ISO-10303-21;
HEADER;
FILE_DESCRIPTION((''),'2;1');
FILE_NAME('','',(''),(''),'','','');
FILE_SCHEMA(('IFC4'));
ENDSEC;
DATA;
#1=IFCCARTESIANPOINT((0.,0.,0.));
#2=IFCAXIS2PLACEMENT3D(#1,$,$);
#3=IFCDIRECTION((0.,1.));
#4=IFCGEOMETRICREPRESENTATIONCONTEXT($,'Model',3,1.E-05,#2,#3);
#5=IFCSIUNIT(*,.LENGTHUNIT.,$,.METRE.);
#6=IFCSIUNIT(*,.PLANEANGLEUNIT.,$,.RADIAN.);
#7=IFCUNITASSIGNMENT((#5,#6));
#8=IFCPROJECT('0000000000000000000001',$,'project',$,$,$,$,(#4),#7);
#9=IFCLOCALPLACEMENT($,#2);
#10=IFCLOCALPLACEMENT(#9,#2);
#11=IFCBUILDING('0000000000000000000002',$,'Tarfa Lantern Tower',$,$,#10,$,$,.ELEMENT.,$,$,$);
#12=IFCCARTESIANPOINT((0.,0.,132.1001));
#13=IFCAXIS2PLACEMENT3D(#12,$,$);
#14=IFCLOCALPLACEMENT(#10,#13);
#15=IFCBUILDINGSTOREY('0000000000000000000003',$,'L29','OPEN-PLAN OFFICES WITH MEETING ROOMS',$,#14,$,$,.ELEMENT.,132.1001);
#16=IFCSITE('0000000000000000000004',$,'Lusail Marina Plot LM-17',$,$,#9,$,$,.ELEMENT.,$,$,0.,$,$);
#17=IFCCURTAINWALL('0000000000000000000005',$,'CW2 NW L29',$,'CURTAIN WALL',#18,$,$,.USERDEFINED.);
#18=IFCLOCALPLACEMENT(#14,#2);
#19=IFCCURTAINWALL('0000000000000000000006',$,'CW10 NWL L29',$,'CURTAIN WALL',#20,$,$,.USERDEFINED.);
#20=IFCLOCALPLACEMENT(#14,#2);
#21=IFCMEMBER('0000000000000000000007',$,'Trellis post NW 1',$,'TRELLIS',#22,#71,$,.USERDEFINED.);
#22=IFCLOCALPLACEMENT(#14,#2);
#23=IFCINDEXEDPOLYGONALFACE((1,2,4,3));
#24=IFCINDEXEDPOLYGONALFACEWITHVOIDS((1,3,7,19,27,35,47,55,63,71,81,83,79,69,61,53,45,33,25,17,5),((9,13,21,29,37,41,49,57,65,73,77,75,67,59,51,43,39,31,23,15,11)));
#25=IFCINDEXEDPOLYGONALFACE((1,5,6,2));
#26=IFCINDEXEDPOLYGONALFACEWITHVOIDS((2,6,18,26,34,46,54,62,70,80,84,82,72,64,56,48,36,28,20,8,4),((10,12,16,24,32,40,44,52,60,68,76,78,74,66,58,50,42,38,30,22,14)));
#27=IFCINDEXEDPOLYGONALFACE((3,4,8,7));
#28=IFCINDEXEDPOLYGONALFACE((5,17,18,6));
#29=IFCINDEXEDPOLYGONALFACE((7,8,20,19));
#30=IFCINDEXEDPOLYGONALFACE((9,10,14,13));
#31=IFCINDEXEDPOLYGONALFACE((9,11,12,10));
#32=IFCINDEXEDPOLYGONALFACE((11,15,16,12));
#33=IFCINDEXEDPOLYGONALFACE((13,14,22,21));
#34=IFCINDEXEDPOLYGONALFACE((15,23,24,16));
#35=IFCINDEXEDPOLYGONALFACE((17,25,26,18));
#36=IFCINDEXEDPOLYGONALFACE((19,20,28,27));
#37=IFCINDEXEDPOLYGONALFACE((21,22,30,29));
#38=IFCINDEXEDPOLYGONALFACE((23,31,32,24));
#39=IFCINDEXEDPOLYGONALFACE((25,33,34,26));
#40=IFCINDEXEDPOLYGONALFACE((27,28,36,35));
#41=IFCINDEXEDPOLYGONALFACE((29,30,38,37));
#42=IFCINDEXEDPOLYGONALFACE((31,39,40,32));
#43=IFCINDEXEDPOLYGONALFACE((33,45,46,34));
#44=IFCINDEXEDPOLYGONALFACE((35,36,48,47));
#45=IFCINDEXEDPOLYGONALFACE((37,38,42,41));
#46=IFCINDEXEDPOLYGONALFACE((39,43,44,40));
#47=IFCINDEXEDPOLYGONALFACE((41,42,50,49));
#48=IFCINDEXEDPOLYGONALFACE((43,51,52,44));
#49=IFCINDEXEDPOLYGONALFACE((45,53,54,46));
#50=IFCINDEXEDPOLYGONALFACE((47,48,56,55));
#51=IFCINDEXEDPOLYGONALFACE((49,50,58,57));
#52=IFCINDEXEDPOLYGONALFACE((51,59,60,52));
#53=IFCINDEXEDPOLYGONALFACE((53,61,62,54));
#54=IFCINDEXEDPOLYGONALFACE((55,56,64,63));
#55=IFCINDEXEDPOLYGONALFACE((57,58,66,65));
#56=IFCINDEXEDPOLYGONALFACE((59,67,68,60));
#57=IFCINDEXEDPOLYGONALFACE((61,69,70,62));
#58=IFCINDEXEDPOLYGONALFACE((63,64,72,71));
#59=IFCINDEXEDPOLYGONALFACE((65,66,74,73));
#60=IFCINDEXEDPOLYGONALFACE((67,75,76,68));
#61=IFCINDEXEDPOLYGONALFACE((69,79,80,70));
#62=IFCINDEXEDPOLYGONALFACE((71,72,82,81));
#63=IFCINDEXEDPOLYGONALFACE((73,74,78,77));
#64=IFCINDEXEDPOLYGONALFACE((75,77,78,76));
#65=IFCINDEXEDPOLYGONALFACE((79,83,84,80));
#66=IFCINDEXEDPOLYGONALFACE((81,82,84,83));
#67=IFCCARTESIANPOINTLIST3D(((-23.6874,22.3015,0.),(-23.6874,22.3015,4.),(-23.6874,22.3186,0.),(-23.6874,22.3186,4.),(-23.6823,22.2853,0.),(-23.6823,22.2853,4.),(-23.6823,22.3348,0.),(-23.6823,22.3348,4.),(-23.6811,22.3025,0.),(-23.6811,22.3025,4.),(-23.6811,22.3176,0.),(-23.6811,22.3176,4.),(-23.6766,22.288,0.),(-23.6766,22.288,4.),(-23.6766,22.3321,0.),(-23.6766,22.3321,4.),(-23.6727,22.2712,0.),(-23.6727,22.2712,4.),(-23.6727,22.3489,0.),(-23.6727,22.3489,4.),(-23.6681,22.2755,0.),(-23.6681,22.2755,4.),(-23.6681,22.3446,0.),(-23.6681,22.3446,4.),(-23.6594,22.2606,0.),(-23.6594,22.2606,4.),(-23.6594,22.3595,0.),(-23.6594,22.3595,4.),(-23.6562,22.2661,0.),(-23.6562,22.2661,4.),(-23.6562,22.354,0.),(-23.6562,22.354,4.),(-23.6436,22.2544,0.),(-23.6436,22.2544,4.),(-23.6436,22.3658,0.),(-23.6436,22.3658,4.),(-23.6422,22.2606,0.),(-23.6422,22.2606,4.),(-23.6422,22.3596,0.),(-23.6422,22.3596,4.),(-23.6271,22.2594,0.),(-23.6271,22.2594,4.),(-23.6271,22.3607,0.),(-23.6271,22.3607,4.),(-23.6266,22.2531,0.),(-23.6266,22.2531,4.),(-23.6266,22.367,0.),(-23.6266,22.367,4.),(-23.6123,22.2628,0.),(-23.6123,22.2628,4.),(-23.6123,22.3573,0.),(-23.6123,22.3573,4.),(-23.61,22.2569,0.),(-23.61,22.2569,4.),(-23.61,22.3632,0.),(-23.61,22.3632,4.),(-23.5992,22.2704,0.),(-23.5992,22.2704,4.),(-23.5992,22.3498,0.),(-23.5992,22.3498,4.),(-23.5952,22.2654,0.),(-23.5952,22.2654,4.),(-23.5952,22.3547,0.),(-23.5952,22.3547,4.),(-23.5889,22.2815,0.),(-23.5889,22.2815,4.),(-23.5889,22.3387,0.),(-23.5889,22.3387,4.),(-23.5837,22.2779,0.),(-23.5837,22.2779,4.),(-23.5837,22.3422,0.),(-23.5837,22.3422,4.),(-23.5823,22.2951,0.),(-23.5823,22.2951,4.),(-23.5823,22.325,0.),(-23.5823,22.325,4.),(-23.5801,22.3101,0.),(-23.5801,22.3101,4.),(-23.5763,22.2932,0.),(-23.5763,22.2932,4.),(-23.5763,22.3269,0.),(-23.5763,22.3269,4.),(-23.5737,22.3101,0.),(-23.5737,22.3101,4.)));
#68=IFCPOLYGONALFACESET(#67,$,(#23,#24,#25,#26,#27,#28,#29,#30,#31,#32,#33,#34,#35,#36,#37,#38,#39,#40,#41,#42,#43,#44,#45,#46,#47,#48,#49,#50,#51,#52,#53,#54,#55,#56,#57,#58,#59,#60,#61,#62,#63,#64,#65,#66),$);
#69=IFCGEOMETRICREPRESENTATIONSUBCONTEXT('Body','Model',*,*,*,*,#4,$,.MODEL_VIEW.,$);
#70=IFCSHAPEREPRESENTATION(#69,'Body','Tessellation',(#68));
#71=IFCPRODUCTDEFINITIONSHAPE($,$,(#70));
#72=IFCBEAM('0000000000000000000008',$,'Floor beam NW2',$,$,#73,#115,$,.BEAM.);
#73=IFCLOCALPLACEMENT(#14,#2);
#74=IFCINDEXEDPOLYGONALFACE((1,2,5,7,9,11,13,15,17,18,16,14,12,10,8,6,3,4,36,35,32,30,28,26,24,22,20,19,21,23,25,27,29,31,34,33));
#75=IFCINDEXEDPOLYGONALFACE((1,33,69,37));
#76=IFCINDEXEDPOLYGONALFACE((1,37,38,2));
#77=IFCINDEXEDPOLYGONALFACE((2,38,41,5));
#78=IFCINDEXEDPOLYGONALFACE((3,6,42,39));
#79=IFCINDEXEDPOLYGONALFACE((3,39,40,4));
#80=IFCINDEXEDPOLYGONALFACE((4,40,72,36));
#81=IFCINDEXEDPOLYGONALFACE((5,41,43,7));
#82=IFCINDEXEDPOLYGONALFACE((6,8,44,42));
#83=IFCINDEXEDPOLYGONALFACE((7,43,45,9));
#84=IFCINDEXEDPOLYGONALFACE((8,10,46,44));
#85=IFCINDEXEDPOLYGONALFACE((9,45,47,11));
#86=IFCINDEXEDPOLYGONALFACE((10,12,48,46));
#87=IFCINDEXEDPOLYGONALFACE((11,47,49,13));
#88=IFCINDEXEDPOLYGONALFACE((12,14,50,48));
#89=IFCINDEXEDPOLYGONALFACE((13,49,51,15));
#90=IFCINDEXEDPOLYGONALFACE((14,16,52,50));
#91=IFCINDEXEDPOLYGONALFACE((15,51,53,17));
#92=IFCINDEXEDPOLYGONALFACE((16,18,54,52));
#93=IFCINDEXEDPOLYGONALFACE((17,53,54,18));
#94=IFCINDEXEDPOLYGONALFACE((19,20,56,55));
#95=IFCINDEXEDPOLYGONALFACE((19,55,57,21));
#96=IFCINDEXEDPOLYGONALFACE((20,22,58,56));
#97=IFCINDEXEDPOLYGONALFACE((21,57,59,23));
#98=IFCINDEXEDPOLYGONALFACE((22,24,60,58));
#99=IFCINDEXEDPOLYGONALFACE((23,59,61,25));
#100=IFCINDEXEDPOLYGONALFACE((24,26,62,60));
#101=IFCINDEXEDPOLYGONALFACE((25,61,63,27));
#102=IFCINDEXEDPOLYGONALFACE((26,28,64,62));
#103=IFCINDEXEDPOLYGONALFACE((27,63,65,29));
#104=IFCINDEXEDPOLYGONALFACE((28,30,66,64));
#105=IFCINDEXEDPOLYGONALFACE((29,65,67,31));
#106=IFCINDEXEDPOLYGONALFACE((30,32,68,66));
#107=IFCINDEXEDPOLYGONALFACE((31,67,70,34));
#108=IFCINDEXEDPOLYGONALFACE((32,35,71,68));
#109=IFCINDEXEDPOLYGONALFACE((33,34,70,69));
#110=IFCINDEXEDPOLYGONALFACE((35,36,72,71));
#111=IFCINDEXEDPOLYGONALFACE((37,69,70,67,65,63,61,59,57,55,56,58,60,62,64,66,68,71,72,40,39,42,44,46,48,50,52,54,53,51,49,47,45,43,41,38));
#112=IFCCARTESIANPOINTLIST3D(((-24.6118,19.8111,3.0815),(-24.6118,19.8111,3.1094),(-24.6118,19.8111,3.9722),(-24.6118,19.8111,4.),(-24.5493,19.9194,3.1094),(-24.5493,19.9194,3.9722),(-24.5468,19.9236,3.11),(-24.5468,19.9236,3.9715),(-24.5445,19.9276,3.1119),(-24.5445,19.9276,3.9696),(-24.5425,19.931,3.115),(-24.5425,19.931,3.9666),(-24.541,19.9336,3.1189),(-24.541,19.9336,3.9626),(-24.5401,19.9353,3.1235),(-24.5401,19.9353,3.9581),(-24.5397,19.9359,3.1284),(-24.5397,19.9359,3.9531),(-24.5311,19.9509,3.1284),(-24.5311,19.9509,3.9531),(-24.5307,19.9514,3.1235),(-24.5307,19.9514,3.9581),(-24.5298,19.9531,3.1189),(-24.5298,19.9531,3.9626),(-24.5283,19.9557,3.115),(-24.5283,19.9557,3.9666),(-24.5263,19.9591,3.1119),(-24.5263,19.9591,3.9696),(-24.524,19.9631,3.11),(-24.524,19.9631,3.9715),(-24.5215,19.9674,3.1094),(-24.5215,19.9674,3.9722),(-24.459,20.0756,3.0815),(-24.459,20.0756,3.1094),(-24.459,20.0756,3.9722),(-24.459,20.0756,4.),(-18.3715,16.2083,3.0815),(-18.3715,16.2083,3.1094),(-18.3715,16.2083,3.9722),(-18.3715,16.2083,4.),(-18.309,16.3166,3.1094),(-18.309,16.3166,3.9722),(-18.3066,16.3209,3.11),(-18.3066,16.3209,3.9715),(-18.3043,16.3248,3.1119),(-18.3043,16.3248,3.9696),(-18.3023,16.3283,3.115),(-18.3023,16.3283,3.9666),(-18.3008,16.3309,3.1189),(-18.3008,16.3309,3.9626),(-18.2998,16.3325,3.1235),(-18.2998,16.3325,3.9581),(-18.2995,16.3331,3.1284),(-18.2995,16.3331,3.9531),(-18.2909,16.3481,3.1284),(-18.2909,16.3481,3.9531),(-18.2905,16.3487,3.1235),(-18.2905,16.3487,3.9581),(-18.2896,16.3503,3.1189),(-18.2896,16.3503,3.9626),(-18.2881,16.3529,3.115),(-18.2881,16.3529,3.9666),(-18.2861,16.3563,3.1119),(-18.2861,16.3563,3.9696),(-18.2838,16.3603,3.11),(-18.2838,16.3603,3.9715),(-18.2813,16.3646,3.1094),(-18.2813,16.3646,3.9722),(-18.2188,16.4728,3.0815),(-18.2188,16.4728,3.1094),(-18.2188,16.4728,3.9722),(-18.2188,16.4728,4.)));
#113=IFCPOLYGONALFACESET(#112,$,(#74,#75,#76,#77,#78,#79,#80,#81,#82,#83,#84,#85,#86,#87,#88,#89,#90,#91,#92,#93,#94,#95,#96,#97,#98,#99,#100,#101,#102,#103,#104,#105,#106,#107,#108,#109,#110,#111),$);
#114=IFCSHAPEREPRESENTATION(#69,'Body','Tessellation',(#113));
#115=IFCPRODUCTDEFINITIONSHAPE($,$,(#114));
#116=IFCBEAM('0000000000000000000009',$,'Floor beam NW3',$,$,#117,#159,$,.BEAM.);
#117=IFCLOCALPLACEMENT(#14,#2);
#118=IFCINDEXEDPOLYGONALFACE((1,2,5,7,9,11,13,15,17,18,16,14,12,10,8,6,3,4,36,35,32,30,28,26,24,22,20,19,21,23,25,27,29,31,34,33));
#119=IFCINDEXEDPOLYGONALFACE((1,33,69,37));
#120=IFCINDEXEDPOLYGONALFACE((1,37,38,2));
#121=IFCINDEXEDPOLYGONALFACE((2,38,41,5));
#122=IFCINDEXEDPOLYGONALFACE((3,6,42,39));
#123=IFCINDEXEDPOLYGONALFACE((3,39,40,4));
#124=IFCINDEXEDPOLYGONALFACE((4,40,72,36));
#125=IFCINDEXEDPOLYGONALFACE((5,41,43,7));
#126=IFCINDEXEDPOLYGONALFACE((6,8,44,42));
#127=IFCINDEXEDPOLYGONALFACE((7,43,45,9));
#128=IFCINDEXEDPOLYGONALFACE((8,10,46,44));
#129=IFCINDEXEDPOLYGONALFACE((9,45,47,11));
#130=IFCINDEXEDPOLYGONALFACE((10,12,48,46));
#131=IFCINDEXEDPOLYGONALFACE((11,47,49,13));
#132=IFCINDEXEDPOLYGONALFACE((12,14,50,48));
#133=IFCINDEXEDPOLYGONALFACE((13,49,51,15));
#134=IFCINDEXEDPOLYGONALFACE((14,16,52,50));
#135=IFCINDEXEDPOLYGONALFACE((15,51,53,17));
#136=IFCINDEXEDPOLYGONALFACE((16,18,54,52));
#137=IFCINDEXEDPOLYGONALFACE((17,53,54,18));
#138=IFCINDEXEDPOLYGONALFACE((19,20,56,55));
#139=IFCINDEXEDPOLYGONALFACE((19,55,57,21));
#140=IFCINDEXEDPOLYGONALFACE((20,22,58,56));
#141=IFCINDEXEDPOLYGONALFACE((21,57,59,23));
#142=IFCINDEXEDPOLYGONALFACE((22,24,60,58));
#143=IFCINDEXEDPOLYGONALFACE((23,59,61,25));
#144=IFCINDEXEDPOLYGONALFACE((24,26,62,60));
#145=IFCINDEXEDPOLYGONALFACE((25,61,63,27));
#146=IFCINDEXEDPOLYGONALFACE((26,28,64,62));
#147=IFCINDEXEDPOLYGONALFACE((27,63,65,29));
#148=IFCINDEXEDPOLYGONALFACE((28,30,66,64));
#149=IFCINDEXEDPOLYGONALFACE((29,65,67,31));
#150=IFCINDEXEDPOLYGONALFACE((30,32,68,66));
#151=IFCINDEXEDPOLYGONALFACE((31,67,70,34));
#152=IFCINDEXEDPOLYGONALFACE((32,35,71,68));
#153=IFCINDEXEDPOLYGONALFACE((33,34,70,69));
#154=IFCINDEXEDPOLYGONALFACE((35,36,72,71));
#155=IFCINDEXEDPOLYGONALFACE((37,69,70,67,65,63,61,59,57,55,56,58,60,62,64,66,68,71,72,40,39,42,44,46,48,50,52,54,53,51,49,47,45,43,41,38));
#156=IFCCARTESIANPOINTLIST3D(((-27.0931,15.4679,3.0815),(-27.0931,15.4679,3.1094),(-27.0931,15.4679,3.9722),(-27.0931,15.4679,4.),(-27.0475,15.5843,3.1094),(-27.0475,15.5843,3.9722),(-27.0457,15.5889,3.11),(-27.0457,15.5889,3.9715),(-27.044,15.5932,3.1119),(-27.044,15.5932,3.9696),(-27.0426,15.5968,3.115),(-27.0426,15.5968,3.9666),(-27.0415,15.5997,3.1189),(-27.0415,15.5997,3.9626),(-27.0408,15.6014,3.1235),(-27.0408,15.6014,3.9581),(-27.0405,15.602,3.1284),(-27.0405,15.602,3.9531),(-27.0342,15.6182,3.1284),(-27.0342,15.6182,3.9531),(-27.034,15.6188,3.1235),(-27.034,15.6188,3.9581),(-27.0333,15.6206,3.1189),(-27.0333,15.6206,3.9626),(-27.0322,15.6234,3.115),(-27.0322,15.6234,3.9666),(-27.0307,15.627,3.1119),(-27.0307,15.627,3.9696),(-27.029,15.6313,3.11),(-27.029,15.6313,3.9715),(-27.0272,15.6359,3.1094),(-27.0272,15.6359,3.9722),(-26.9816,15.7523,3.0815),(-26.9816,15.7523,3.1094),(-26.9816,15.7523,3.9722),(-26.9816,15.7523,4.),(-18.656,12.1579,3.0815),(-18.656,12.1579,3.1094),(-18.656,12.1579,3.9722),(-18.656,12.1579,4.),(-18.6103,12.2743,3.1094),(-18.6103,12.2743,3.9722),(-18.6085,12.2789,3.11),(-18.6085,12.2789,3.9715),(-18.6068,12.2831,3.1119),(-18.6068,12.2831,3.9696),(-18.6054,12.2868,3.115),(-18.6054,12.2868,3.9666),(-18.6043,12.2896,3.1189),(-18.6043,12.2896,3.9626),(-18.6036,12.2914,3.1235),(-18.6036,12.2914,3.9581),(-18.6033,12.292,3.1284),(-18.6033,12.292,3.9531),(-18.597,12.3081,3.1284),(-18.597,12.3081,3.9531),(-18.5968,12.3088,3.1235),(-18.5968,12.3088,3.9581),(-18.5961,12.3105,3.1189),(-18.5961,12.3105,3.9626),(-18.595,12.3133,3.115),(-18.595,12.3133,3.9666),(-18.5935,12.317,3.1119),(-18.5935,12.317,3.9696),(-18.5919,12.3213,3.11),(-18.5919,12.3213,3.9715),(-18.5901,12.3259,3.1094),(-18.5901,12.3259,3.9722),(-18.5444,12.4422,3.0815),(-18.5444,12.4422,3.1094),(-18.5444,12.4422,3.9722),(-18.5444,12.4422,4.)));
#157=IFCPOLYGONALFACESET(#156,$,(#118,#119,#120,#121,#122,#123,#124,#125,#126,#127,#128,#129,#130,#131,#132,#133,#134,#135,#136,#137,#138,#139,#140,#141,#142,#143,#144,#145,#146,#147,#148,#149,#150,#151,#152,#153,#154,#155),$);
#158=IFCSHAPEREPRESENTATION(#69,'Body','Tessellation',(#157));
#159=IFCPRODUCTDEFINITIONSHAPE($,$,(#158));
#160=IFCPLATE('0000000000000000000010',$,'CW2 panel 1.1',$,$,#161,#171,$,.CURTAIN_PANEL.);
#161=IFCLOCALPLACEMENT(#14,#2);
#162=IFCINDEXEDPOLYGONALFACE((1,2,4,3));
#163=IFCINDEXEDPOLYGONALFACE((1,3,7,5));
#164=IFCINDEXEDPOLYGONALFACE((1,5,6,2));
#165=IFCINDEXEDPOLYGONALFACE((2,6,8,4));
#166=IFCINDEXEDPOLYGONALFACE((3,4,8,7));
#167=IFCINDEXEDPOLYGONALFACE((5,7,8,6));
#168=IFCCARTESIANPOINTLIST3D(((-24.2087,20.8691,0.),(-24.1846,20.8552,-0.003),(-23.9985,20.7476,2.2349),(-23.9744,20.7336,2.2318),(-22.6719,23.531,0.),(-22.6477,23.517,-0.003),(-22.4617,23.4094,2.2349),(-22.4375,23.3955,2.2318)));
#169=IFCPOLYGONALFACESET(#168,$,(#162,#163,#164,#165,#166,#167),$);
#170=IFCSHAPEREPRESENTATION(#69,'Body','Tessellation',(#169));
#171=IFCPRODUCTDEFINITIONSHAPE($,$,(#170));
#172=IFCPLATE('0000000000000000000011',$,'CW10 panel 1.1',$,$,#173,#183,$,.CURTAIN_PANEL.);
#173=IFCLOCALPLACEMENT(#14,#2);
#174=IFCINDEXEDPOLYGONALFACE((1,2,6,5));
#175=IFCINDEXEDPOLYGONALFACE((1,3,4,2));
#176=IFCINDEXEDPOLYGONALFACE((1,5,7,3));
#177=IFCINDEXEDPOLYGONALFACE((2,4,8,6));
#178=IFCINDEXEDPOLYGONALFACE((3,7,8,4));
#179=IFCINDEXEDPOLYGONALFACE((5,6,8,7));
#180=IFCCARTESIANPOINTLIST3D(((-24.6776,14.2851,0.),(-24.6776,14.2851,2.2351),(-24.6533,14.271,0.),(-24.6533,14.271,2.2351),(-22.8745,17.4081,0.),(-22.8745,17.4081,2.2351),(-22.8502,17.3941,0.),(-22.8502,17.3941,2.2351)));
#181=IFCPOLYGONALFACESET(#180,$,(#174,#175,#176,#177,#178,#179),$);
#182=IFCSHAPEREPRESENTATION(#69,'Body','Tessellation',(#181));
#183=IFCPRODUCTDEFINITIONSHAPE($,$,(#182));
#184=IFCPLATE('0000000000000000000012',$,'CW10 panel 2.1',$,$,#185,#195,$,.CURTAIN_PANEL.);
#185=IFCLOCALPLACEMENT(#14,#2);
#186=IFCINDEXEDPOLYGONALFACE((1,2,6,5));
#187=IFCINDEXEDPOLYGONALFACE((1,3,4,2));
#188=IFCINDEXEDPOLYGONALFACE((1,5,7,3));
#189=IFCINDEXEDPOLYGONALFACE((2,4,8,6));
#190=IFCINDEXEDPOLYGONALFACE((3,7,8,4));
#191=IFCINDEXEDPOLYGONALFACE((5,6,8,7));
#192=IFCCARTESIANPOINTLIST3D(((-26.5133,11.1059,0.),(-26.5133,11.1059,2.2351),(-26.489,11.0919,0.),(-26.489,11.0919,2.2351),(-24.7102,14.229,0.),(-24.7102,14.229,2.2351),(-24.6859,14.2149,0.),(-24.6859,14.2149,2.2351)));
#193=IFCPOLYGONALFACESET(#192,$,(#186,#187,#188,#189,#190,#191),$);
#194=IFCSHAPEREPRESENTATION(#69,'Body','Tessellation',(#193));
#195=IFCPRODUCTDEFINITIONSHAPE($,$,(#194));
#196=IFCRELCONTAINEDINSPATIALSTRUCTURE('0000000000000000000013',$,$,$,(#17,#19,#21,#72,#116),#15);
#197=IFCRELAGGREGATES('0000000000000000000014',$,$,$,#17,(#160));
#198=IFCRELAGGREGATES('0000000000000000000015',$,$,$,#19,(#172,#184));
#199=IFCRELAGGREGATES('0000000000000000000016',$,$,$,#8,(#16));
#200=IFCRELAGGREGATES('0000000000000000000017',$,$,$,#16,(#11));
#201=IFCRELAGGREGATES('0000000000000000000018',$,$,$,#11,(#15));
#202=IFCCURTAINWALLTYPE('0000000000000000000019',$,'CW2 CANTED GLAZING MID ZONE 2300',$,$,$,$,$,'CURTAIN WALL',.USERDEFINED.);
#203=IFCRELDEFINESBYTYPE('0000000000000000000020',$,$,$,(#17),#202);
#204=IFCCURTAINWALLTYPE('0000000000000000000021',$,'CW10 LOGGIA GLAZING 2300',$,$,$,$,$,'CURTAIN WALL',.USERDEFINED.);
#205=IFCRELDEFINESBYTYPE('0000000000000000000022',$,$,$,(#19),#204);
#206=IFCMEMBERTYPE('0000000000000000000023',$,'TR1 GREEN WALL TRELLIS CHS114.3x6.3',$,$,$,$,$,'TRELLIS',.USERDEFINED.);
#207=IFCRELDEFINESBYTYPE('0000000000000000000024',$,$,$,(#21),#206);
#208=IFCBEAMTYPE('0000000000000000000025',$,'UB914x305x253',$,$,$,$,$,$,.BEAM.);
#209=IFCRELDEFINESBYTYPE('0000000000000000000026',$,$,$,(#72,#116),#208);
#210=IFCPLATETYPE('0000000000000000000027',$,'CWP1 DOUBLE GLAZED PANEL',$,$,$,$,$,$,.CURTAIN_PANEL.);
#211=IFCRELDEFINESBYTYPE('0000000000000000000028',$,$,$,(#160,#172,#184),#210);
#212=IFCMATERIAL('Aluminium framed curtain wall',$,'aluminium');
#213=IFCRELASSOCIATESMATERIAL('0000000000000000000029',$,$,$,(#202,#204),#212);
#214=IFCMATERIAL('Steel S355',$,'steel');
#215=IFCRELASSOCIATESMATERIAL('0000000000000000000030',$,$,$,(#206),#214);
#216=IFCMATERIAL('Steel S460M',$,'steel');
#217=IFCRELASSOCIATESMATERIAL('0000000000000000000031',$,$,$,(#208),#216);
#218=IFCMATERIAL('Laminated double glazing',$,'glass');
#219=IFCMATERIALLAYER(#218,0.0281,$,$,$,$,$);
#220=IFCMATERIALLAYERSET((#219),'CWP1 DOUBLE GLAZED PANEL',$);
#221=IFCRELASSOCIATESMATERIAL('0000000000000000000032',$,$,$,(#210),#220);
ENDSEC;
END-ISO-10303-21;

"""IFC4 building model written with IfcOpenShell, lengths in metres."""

from ifc_helpers import new_model, si_unit, direction, frame, origin, origin_2d, place, context, subcontext, project, spatial, polyline, rectangle, hollow_circle, i_section, outline, extrude, material, layer, layer_set, material_profile, profile_set, type_object, element, aggregate, save


model = new_model("IFC4")

# Units and contexts
model_context = context("Model", 3, precision=1e-05, world=origin(), true_north=direction((0.0, 1.0)))
body_context = subcontext(model_context, "Body", "Model", "MODEL_VIEW")
ifc_project = project(units=[si_unit("LENGTHUNIT", "METRE"), si_unit("PLANEANGLEUNIT", "RADIAN")], contexts=[model_context])

# Site, building, storey
site_placement = place(None, origin())
site = spatial("IfcSite", under=ifc_project, at=site_placement, Name="Lusail Marina Plot LM-17", CompositionType="ELEMENT", RefElevation=0.0)
building_placement = place(site_placement, origin())
building = spatial("IfcBuilding", under=site, at=building_placement, Name="Tarfa Lantern Tower", CompositionType="ELEMENT")
storey_placement = place(building_placement, frame((0.0, 0.0, 132.1001)))
storey = spatial("IfcBuildingStorey", under=building, at=storey_placement, Name="L29", Description="OPEN-PLAN OFFICES WITH MEETING ROOMS", CompositionType="ELEMENT", Elevation=132.1001)

# Curtain walls
ifc_material_1 = material(Name="Aluminium framed curtain wall", Category="aluminium")
curtain_wall_type_1 = type_object("IfcCurtainWallType", Name="CW2 CANTED GLAZING MID ZONE 2300", ElementType="CURTAIN WALL", PredefinedType="USERDEFINED", material=ifc_material_1)
curtain_wall_1_placement = place(storey_placement, origin())
curtain_wall_1 = element("IfcCurtainWall", 1, at=curtain_wall_1_placement, inside=storey, type_object=curtain_wall_type_1, Name="CW2 NW L29", ObjectType="CURTAIN WALL", PredefinedType="USERDEFINED")
curtain_wall_type_2 = type_object("IfcCurtainWallType", Name="CW10 LOGGIA GLAZING 2300", ElementType="CURTAIN WALL", PredefinedType="USERDEFINED", material=ifc_material_1)
curtain_wall_2_placement = place(storey_placement, origin())
curtain_wall_2 = element("IfcCurtainWall", 2, at=curtain_wall_2_placement, inside=storey, type_object=curtain_wall_type_2, Name="CW10 NWL L29", ObjectType="CURTAIN WALL", PredefinedType="USERDEFINED")

# Member
ifc_material_2 = material(Name="Steel S355", Category="steel")
ifc_material_profile_1 = material_profile(ifc_material_2, hollow_circle(Radius=0.0571, WallThickness=0.0063, at=origin_2d()), Name="CHS114.3x6.3")
ifc_profile_set_1 = profile_set([ifc_material_profile_1], Name="Steel S355")
member_type_1 = type_object("IfcMemberType", Name="TR1 GREEN WALL TRELLIS CHS114.3x6.3", ElementType="TRELLIS", PredefinedType="USERDEFINED", material=ifc_profile_set_1)
member_1_placement = place(storey_placement, frame((-23.6309, 22.3101, 0.0), z_axis=(0.0, 0.0, 1.0), x_axis=(1.0, 0.0, 0.0)))
element("IfcMember", 3, at=member_1_placement, inside=storey, type_object=member_type_1, Name="Trellis post NW 1", ObjectType="TRELLIS", PredefinedType="USERDEFINED", context=body_context, shape_type="SweptSolid", body=[
    extrude(hollow_circle(Radius=0.0571, WallThickness=0.0063, at=origin_2d()), origin(), (0.0, 0.0, 1.0), 4.0),
])

# Beams
ifc_material_3 = material(Name="Steel S460M", Category="steel")
ifc_material_profile_2 = material_profile(ifc_material_3, i_section(OverallWidth=0.3054, OverallDepth=0.9185, WebThickness=0.0173, FlangeThickness=0.0278, FilletRadius=0.019, at=origin_2d()), Name="UB914x305x253")
ifc_profile_set_2 = profile_set([ifc_material_profile_2], Name="Steel S460M")
beam_type_1 = type_object("IfcBeamType", Name="UB914x305x253", PredefinedType="BEAM", material=ifc_profile_set_2)
beam_1_placement = place(storey_placement, frame((-24.5354, 19.9434, 3.5408), z_axis=(0.866026, -0.499998, 0.0), x_axis=(0.499998, 0.866026, 0.0)))
element("IfcBeam", 4, at=beam_1_placement, inside=storey, type_object=beam_type_1, Name="Floor beam NW2", PredefinedType="BEAM", context=body_context, shape_type="SweptSolid", body=[
    extrude(i_section(OverallWidth=0.3054, OverallDepth=0.9185, WebThickness=0.0173, FlangeThickness=0.0278, FilletRadius=0.019, at=origin_2d()), origin(), (0.0, 0.0, 1.0), 7.2056),
])
beam_2_placement = place(storey_placement, frame((-27.0374, 15.6101, 3.5408), z_axis=(0.930923, -0.365215, 0.0), x_axis=(0.365215, 0.930923, 0.0)))
element("IfcBeam", 5, at=beam_2_placement, inside=storey, type_object=beam_type_1, Name="Floor beam NW3", PredefinedType="BEAM", context=body_context, shape_type="SweptSolid", body=[
    extrude(i_section(OverallWidth=0.3054, OverallDepth=0.9185, WebThickness=0.0173, FlangeThickness=0.0278, FilletRadius=0.019, at=origin_2d()), origin(), (0.0, 0.0, 1.0), 9.0632),
])

# Plates
ifc_material_4 = material(Name="Laminated double glazing", Category="glass")
ifc_layer_1 = layer(ifc_material_4, 0.0281)
ifc_layer_set_1 = layer_set([ifc_layer_1], Name="CWP1 DOUBLE GLAZED PANEL")
plate_type_1 = type_object("IfcPlateType", Name="CWP1 DOUBLE GLAZED PANEL", PredefinedType="CURTAIN_PANEL", material=ifc_layer_set_1)
plate_1_placement = place(storey_placement, frame((-22.6719, 23.531, 0.0), z_axis=(-0.860953, 0.497083, 0.108021), x_axis=(-0.500009, -0.86602, 0.0)))
plate_1 = element("IfcPlate", 6, at=plate_1_placement, type_object=plate_type_1, Name="CW2 panel 1.1", PredefinedType="CURTAIN_PANEL", context=body_context, shape_type="SweptSolid", body=[
    extrude(outline(polyline([(0.0, 0.0), (3.0737, 0.0), (3.0739, 2.248), (0.0002, 2.248), (0.0, 0.0)])), origin(), (0.0, 0.0, -1.0), 0.0281),
])
aggregate(curtain_wall_1, [plate_1])
plate_2_placement = place(storey_placement, frame((-23.7639, 15.8396, 0.0), z_axis=(0.0, 0.0, 1.0), x_axis=(-0.5, -0.866025, 0.0)))
plate_2 = element("IfcPlate", 7, at=plate_2_placement, type_object=plate_type_1, Name="CW10 panel 1.1", PredefinedType="CURTAIN_PANEL", context=body_context, shape_type="SweptSolid", body=[
    extrude(rectangle(XDim=3.6062, YDim=0.0281, at=origin_2d()), origin(), (0.0, 0.0, 1.0), 2.2351),
])
plate_3_placement = place(storey_placement, frame((-25.5996, 12.6604, 0.0), z_axis=(0.0, 0.0, 1.0), x_axis=(-0.5, -0.866025, 0.0)))
plate_3 = element("IfcPlate", 8, at=plate_3_placement, type_object=plate_type_1, Name="CW10 panel 2.1", PredefinedType="CURTAIN_PANEL", context=body_context, shape_type="SweptSolid", body=[
    extrude(rectangle(XDim=3.6062, YDim=0.0281, at=origin_2d()), origin(), (0.0, 0.0, 1.0), 2.2351),
])
aggregate(curtain_wall_2, [plate_2, plate_3])

save(model, "model.ifc")
